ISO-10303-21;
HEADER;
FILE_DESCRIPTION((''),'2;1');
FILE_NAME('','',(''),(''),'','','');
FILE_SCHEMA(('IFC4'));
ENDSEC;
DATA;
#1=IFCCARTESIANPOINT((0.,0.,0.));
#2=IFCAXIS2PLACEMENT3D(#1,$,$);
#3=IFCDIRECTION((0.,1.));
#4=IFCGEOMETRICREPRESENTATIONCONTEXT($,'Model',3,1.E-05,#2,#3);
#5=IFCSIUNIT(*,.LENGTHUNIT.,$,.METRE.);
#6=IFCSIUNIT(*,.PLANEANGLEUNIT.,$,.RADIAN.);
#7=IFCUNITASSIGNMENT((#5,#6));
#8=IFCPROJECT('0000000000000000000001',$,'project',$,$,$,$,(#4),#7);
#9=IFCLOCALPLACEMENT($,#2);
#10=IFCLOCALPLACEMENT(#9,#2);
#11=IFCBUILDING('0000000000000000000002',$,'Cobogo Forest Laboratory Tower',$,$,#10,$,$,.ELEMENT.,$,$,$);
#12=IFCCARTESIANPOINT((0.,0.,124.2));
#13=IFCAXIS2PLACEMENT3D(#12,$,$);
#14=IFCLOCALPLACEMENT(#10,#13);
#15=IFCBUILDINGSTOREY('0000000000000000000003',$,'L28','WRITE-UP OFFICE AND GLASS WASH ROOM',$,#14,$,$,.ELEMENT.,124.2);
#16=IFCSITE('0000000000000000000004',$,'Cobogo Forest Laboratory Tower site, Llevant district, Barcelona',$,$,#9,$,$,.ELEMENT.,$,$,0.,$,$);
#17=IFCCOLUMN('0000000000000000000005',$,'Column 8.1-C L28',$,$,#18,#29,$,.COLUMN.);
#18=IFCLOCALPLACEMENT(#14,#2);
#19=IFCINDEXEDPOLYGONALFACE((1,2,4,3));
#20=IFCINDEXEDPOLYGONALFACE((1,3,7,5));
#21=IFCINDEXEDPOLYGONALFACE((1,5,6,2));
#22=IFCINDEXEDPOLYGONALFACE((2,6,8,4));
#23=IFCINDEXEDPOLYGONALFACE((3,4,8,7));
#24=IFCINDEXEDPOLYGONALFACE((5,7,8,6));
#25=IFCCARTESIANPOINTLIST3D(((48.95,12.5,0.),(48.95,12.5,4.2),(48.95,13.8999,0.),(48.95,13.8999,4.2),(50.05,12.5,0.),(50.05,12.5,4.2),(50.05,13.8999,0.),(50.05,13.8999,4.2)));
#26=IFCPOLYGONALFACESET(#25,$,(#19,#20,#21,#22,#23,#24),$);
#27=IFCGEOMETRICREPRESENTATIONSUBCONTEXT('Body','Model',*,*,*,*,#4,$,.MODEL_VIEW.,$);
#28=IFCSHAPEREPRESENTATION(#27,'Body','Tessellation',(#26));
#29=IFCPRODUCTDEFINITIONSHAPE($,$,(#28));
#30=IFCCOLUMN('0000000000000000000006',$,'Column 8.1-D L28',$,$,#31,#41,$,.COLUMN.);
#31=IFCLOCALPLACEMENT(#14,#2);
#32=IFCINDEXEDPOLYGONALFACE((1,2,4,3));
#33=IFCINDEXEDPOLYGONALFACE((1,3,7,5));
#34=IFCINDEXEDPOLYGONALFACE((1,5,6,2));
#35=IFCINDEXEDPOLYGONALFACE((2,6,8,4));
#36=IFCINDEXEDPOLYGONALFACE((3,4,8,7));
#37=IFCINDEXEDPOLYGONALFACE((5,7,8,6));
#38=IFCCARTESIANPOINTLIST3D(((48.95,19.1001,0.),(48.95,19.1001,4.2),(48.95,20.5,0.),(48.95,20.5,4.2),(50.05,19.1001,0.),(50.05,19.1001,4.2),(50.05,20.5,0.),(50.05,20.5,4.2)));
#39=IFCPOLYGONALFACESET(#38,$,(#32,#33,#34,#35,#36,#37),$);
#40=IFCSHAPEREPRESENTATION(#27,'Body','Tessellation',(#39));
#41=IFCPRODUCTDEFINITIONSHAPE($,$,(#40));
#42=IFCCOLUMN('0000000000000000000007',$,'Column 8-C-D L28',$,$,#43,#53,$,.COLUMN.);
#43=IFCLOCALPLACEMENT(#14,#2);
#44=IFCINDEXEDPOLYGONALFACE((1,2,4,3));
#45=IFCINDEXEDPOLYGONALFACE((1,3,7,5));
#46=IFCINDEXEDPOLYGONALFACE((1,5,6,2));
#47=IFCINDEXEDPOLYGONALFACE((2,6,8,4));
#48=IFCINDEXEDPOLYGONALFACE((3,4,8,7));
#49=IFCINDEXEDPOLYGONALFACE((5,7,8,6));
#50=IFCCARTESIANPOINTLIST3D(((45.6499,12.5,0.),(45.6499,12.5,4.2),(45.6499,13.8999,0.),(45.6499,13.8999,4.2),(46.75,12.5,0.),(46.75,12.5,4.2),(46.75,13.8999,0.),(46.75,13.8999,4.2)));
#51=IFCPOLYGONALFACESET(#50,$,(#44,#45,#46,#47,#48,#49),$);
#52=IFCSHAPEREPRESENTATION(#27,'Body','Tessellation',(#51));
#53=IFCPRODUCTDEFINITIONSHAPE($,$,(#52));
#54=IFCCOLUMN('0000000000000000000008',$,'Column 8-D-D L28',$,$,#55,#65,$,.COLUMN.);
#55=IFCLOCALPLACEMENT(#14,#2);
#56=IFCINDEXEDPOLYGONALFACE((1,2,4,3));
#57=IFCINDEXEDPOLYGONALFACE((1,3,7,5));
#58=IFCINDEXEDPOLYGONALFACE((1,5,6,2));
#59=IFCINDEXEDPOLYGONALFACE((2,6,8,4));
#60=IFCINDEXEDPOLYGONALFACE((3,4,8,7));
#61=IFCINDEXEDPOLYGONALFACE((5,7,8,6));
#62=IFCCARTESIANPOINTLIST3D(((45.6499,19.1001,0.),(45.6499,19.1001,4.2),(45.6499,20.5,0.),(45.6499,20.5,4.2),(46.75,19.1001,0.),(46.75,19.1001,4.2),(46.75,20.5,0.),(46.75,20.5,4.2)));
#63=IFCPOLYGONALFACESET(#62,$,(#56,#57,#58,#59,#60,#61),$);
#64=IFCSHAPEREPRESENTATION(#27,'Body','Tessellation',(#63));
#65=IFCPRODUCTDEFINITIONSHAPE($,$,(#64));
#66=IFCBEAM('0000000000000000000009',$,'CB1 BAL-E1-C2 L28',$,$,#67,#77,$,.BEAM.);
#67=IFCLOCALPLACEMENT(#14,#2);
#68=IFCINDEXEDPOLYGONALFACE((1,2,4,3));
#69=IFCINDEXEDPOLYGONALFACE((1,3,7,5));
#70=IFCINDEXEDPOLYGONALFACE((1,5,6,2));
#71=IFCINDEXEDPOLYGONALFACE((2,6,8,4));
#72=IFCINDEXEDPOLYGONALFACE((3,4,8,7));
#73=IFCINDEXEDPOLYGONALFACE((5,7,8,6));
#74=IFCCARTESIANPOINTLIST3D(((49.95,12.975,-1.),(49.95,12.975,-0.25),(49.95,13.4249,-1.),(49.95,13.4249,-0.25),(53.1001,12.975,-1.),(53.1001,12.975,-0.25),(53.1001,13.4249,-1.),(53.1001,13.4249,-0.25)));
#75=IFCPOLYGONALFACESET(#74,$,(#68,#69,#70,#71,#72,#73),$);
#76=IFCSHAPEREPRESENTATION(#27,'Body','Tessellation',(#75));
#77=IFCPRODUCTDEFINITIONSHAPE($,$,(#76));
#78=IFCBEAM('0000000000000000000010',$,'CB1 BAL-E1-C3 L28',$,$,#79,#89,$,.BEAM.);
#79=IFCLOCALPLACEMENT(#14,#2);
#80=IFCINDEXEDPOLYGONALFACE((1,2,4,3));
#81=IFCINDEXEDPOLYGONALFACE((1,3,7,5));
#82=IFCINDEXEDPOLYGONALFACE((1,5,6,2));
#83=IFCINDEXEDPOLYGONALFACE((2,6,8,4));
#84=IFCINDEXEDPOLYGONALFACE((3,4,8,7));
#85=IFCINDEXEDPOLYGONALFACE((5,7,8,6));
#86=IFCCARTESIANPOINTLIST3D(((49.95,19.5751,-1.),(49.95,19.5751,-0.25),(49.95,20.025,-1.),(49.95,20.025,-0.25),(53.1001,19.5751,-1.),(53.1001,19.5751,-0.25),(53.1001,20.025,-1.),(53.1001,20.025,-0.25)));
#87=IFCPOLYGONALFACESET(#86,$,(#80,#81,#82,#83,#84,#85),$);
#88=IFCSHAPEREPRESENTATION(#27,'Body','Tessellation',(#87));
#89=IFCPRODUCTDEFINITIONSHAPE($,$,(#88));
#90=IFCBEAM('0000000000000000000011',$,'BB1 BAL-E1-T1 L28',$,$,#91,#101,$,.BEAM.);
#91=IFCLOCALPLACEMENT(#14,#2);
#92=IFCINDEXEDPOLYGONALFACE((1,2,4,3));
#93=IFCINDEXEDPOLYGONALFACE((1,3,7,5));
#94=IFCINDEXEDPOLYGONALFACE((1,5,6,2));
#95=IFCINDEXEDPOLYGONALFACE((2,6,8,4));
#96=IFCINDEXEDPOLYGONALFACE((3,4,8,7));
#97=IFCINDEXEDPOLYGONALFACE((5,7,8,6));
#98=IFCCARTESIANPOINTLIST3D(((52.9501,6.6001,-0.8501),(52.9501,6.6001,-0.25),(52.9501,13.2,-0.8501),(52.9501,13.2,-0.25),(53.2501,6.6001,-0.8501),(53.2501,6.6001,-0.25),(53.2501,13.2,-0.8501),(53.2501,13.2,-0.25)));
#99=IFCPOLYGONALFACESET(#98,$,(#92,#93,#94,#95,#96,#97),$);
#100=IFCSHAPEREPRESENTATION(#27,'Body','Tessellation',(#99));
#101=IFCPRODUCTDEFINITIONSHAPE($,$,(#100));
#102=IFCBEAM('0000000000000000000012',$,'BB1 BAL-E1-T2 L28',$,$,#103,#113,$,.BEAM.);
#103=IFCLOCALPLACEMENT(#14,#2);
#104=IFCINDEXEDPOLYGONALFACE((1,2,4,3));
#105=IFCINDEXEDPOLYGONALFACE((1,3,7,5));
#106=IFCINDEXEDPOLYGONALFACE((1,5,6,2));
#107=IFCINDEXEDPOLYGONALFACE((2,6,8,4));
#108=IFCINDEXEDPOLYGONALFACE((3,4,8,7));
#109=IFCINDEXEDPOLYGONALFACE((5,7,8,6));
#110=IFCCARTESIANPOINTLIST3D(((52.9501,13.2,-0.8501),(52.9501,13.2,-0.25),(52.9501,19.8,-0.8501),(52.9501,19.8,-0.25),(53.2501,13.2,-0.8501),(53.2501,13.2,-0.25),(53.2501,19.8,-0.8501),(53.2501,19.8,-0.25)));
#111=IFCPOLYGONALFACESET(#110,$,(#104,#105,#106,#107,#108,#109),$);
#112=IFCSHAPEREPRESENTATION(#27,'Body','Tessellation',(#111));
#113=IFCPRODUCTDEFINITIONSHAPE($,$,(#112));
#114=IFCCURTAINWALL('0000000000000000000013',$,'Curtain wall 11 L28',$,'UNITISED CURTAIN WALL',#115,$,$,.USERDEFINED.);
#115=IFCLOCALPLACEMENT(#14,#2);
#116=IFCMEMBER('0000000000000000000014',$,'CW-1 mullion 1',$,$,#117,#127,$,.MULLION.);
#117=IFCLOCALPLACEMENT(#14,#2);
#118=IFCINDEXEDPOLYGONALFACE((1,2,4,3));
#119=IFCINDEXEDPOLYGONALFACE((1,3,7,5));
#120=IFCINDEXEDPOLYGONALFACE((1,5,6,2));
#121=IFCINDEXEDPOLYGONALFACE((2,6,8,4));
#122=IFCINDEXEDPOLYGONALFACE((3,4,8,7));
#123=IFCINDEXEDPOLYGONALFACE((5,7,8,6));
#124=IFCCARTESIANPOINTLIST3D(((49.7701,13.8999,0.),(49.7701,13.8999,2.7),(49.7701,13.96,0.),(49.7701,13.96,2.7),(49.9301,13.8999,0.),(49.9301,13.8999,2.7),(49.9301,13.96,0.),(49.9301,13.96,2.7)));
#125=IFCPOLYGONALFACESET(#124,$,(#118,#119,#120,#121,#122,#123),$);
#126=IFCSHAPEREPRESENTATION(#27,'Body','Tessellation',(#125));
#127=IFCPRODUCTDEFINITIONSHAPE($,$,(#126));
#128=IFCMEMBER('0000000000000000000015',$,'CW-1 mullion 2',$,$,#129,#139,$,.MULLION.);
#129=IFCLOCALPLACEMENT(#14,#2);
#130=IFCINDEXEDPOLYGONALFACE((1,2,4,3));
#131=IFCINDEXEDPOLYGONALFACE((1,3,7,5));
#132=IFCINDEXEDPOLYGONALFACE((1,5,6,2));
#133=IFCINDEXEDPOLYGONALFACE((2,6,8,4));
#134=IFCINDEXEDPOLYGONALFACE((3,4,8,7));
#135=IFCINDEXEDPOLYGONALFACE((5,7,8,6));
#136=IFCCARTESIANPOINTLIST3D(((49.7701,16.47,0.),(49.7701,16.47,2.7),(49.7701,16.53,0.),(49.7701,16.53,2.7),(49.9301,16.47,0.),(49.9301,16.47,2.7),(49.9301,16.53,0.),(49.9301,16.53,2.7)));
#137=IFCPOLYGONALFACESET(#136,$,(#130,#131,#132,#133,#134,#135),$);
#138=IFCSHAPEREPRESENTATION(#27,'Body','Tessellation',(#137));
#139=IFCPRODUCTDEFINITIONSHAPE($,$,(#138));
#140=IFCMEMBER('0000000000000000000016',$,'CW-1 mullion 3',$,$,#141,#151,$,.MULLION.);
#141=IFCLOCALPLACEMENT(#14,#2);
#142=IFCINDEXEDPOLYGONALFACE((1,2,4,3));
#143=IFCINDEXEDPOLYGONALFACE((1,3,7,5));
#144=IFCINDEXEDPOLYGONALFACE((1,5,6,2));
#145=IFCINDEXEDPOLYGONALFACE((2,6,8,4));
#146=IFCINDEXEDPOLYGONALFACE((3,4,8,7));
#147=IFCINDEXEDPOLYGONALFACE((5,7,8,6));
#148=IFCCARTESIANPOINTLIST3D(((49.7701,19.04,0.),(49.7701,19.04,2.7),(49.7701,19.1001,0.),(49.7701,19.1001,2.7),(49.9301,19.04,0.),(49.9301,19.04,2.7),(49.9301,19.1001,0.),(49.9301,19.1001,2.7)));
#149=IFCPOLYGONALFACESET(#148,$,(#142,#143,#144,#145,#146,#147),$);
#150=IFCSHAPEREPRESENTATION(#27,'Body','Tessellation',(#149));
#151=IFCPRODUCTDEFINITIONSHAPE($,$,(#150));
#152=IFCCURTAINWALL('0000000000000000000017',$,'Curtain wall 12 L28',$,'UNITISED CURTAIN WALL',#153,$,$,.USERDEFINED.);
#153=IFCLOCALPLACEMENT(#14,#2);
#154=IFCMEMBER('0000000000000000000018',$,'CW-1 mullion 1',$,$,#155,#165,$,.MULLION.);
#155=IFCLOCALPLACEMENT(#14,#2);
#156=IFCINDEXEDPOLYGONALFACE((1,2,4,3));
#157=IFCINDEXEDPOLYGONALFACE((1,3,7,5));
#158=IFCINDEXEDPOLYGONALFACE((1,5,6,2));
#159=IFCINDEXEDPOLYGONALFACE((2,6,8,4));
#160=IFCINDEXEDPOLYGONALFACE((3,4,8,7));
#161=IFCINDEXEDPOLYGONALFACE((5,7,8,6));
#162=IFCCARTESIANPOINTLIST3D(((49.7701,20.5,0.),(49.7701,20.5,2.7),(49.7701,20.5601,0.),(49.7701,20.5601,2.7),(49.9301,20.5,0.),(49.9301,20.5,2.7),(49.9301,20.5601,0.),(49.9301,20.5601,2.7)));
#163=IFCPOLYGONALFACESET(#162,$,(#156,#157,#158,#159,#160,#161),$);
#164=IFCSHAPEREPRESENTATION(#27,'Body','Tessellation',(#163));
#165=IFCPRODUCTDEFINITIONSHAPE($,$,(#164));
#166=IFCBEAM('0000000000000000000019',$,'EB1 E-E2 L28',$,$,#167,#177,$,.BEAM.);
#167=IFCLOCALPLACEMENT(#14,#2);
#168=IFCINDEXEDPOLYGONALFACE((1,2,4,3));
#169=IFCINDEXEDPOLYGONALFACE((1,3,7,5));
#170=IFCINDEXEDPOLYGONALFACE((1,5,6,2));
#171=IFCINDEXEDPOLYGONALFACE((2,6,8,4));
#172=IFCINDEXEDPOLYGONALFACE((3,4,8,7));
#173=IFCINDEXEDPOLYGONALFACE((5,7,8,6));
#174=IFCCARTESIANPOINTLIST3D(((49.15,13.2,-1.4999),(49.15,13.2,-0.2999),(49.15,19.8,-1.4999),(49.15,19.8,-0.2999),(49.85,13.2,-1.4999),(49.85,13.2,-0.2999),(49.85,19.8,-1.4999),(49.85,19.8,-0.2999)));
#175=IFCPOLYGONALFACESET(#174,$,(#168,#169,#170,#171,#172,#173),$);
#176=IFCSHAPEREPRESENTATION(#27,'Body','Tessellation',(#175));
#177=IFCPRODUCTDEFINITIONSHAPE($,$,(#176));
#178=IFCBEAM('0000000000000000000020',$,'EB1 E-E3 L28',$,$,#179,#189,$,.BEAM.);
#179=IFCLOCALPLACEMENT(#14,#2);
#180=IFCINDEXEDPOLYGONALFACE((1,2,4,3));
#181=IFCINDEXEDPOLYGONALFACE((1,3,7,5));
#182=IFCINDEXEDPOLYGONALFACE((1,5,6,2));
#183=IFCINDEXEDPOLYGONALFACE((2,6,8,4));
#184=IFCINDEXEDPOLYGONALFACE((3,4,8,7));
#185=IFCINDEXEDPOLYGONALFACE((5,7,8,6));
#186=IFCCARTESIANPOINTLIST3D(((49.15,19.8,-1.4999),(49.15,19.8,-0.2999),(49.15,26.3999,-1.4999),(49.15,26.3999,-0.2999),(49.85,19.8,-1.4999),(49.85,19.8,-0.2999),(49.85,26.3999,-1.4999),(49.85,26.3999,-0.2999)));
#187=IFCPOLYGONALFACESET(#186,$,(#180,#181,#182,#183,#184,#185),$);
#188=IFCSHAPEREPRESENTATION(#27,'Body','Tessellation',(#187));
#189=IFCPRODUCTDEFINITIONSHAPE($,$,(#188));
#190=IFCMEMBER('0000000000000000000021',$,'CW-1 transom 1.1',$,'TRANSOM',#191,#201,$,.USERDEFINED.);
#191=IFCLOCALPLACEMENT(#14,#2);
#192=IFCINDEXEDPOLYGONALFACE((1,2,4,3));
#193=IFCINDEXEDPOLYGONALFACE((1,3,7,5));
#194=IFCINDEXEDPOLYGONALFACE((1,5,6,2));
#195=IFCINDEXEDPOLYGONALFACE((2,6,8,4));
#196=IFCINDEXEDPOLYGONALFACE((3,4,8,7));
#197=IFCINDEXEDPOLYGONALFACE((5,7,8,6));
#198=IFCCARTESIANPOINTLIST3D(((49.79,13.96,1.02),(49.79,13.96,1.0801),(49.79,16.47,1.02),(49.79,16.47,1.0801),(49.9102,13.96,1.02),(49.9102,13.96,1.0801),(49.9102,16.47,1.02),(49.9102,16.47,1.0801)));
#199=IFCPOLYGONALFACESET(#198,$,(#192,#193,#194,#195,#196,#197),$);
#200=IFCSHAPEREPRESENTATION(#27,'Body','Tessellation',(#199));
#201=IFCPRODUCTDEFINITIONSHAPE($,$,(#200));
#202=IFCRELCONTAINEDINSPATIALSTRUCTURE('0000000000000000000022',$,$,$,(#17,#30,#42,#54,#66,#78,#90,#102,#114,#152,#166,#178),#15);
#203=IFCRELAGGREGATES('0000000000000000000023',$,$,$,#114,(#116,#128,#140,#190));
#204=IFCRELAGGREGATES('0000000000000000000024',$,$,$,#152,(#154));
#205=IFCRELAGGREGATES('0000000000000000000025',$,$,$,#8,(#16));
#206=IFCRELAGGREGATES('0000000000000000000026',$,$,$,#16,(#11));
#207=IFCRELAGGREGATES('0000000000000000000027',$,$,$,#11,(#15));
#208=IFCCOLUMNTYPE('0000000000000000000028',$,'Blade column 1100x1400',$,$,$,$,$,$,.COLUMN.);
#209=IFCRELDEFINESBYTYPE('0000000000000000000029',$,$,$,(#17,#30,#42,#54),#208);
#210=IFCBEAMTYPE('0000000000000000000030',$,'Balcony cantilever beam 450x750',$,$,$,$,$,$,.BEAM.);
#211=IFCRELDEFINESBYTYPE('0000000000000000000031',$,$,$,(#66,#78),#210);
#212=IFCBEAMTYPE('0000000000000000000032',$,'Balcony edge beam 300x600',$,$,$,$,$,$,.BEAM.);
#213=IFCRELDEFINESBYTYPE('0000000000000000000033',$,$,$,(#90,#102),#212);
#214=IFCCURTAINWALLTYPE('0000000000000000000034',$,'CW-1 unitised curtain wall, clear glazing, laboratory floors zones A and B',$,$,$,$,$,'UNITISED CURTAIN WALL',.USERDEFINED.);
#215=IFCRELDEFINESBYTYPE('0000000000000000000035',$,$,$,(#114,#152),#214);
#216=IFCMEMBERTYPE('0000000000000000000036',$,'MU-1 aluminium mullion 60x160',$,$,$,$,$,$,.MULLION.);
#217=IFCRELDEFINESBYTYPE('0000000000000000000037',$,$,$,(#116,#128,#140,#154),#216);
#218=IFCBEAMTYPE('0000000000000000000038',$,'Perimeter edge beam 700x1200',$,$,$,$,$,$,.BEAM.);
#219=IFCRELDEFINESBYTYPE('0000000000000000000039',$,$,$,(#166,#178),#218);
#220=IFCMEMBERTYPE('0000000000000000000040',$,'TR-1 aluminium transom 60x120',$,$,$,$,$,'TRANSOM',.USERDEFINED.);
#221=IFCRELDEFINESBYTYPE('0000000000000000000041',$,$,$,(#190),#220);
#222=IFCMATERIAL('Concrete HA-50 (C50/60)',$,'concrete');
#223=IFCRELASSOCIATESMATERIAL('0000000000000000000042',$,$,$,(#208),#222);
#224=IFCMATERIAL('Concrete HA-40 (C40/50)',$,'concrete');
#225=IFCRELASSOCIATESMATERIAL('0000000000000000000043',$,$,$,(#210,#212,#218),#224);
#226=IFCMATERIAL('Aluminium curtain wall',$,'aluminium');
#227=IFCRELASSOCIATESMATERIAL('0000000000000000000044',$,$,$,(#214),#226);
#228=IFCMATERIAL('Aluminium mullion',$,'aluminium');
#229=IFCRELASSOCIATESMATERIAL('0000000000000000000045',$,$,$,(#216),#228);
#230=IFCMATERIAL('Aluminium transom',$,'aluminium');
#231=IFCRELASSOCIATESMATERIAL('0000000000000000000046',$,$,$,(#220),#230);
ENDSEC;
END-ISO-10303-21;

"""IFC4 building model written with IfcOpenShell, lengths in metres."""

from ifc_helpers import new_model, si_unit, direction, frame, origin, origin_2d, place, context, subcontext, project, spatial, rectangle, extrude, material, material_profile, profile_set, type_object, element, aggregate, save


model = new_model("IFC4")

# Units and contexts
model_context = context("Model", 3, precision=1e-05, world=origin(), true_north=direction((0.0, 1.0)))
body_context = subcontext(model_context, "Body", "Model", "MODEL_VIEW")
ifc_project = project(units=[si_unit("LENGTHUNIT", "METRE"), si_unit("PLANEANGLEUNIT", "RADIAN")], contexts=[model_context])

# Site, building, storey
site_placement = place(None, origin())
site = spatial("IfcSite", under=ifc_project, at=site_placement, Name="Cobogo Forest Laboratory Tower site, Llevant district, Barcelona", CompositionType="ELEMENT", RefElevation=0.0)
building_placement = place(site_placement, origin())
building = spatial("IfcBuilding", under=site, at=building_placement, Name="Cobogo Forest Laboratory Tower", CompositionType="ELEMENT")
storey_placement = place(building_placement, frame((0.0, 0.0, 124.2)))
storey = spatial("IfcBuildingStorey", under=building, at=storey_placement, Name="L28", Description="WRITE-UP OFFICE AND GLASS WASH ROOM", CompositionType="ELEMENT", Elevation=124.2)

# Columns
ifc_material_1 = material(Name="Concrete HA-50 (C50/60)", Category="concrete")
ifc_material_profile_1 = material_profile(ifc_material_1, rectangle(XDim=1.3999, YDim=1.1001, at=origin_2d()), Name="RC 1100x1400")
ifc_profile_set_1 = profile_set([ifc_material_profile_1], Name="Concrete HA-50 (C50/60)")
column_type = type_object("IfcColumnType", Name="Blade column 1100x1400", PredefinedType="COLUMN", material=ifc_profile_set_1)
for number, where, z_axis, x_axis, name in (
    (1, (49.5, 13.2, 0.0), (0.0, 0.0, 1.0), (0.0, 1.0, 0.0), "Column 8.1-C L28"),
    (2, (49.5, 19.8, 0.0), (0.0, 0.0, 1.0), (0.0, 1.0, 0.0), "Column 8.1-D L28"),
    (3, (46.2, 13.2, 0.0), (0.0, 0.0, 1.0), (0.0, 1.0, 0.0), "Column 8-C-D L28"),
    (4, (46.2, 19.8, 0.0), (0.0, 0.0, 1.0), (0.0, 1.0, 0.0), "Column 8-D-D L28"),
):
    element("IfcColumn", number, at=place(storey_placement, frame(where, z_axis=z_axis, x_axis=x_axis)), inside=storey, type_object=column_type, Name=name, PredefinedType="COLUMN", context=body_context, shape_type="SweptSolid", body=[
        extrude(rectangle(XDim=1.3999, YDim=1.1001, at=origin_2d()), origin(), (0.0, 0.0, 1.0), 4.2),
    ])

# Beams
ifc_material_2 = material(Name="Concrete HA-40 (C40/50)", Category="concrete")
ifc_material_profile_2 = material_profile(ifc_material_2, rectangle(XDim=0.45, YDim=0.75, at=origin_2d()), Name="RC 450x750")
ifc_profile_set_2 = profile_set([ifc_material_profile_2], Name="Concrete HA-40 (C40/50)")
beam_type_1 = type_object("IfcBeamType", Name="Balcony cantilever beam 450x750", PredefinedType="BEAM", material=ifc_profile_set_2)
for number, where, z_axis, x_axis, name in (
    (5, (49.95, 13.2, -0.625), (1.0, 0.0, 0.0), (0.0, 1.0, 0.0), "CB1 BAL-E1-C2 L28"),
    (6, (49.95, 19.8, -0.625), (1.0, 0.0, 0.0), (0.0, 1.0, 0.0), "CB1 BAL-E1-C3 L28"),
):
    element("IfcBeam", number, at=place(storey_placement, frame(where, z_axis=z_axis, x_axis=x_axis)), inside=storey, type_object=beam_type_1, Name=name, PredefinedType="BEAM", context=body_context, shape_type="SweptSolid", body=[
        extrude(rectangle(XDim=0.45, YDim=0.75, at=origin_2d()), origin(), (0.0, 0.0, 1.0), 3.1501),
    ])
ifc_material_profile_3 = material_profile(ifc_material_2, rectangle(XDim=0.3, YDim=0.6001, at=origin_2d()), Name="RC 300x600")
ifc_profile_set_3 = profile_set([ifc_material_profile_3], Name="Concrete HA-40 (C40/50)")
beam_type_2 = type_object("IfcBeamType", Name="Balcony edge beam 300x600", PredefinedType="BEAM", material=ifc_profile_set_3)
beam_1_placement = place(storey_placement, frame((53.1001, 6.6001, -0.55), z_axis=(0.0, 1.0, 0.0), x_axis=(-1.0, 0.0, 0.0)))
element("IfcBeam", 7, at=beam_1_placement, inside=storey, type_object=beam_type_2, Name="BB1 BAL-E1-T1 L28", PredefinedType="BEAM", context=body_context, shape_type="SweptSolid", body=[
    extrude(rectangle(XDim=0.3, YDim=0.6001, at=origin_2d()), origin(), (0.0, 0.0, 1.0), 6.5999),
])
beam_2_placement = place(storey_placement, frame((53.1001, 13.2, -0.55), z_axis=(0.0, 1.0, 0.0), x_axis=(-1.0, 0.0, 0.0)))
element("IfcBeam", 8, at=beam_2_placement, inside=storey, type_object=beam_type_2, Name="BB1 BAL-E1-T2 L28", PredefinedType="BEAM", context=body_context, shape_type="SweptSolid", body=[
    extrude(rectangle(XDim=0.3, YDim=0.6001, at=origin_2d()), origin(), (0.0, 0.0, 1.0), 6.6001),
])

# Curtain wall, members
ifc_material_3 = material(Name="Aluminium curtain wall", Category="aluminium")
curtain_wall_type = type_object("IfcCurtainWallType", Name="CW-1 unitised curtain wall, clear glazing, laboratory floors zones A and B", ElementType="UNITISED CURTAIN WALL", PredefinedType="USERDEFINED", material=ifc_material_3)
curtain_wall_1_placement = place(storey_placement, origin())
curtain_wall_1 = element("IfcCurtainWall", 9, at=curtain_wall_1_placement, inside=storey, type_object=curtain_wall_type, Name="Curtain wall 11 L28", ObjectType="UNITISED CURTAIN WALL", PredefinedType="USERDEFINED")
ifc_material_4 = material(Name="Aluminium mullion", Category="aluminium")
ifc_material_profile_4 = material_profile(ifc_material_4, rectangle(XDim=0.0601, YDim=0.1599, at=origin_2d()), Name="AL 60x160")
ifc_profile_set_4 = profile_set([ifc_material_profile_4], Name="Aluminium mullion")
member_type_1 = type_object("IfcMemberType", Name="MU-1 aluminium mullion 60x160", PredefinedType="MULLION", material=ifc_profile_set_4)
member_1_placement = place(storey_placement, frame((49.8501, 13.9299, 0.0), z_axis=(0.0, 0.0, 1.0), x_axis=(0.0, 1.0, 0.0)))
member_1 = element("IfcMember", 10, at=member_1_placement, type_object=member_type_1, Name="CW-1 mullion 1", PredefinedType="MULLION", context=body_context, shape_type="SweptSolid", body=[
    extrude(rectangle(XDim=0.0601, YDim=0.1599, at=origin_2d()), origin(), (0.0, 0.0, 1.0), 2.7),
])
member_2_placement = place(storey_placement, frame((49.8501, 16.5, 0.0), z_axis=(0.0, 0.0, 1.0), x_axis=(0.0, 1.0, 0.0)))
member_2 = element("IfcMember", 11, at=member_2_placement, type_object=member_type_1, Name="CW-1 mullion 2", PredefinedType="MULLION", context=body_context, shape_type="SweptSolid", body=[
    extrude(rectangle(XDim=0.0601, YDim=0.1599, at=origin_2d()), origin(), (0.0, 0.0, 1.0), 2.7),
])
member_3_placement = place(storey_placement, frame((49.8501, 19.0701, 0.0), z_axis=(0.0, 0.0, 1.0), x_axis=(0.0, 1.0, 0.0)))
member_3 = element("IfcMember", 12, at=member_3_placement, type_object=member_type_1, Name="CW-1 mullion 3", PredefinedType="MULLION", context=body_context, shape_type="SweptSolid", body=[
    extrude(rectangle(XDim=0.0601, YDim=0.1599, at=origin_2d()), origin(), (0.0, 0.0, 1.0), 2.7),
])

# Curtain wall, member
curtain_wall_2_placement = place(storey_placement, origin())
curtain_wall_2 = element("IfcCurtainWall", 13, at=curtain_wall_2_placement, inside=storey, type_object=curtain_wall_type, Name="Curtain wall 12 L28", ObjectType="UNITISED CURTAIN WALL", PredefinedType="USERDEFINED")
member_4_placement = place(storey_placement, frame((49.8501, 20.53, 0.0), z_axis=(0.0, 0.0, 1.0), x_axis=(0.0, 1.0, 0.0)))
member_4 = element("IfcMember", 14, at=member_4_placement, type_object=member_type_1, Name="CW-1 mullion 1", PredefinedType="MULLION", context=body_context, shape_type="SweptSolid", body=[
    extrude(rectangle(XDim=0.0601, YDim=0.1599, at=origin_2d()), origin(), (0.0, 0.0, 1.0), 2.7),
])

# Beams
ifc_material_profile_5 = material_profile(ifc_material_2, rectangle(XDim=0.7, YDim=1.2, at=origin_2d()), Name="RC 700x1200")
ifc_profile_set_5 = profile_set([ifc_material_profile_5], Name="Concrete HA-40 (C40/50)")
beam_type_3 = type_object("IfcBeamType", Name="Perimeter edge beam 700x1200", PredefinedType="BEAM", material=ifc_profile_set_5)
beam_3_placement = place(storey_placement, frame((49.5, 13.2, -0.8999), z_axis=(0.0, 1.0, 0.0), x_axis=(-1.0, 0.0, 0.0)))
element("IfcBeam", 15, at=beam_3_placement, inside=storey, type_object=beam_type_3, Name="EB1 E-E2 L28", PredefinedType="BEAM", context=body_context, shape_type="SweptSolid", body=[
    extrude(rectangle(XDim=0.7, YDim=1.2, at=origin_2d()), origin(), (0.0, 0.0, 1.0), 6.6001),
])
beam_4_placement = place(storey_placement, frame((49.5, 19.8, -0.8999), z_axis=(0.0, 1.0, 0.0), x_axis=(-1.0, 0.0, 0.0)))
element("IfcBeam", 16, at=beam_4_placement, inside=storey, type_object=beam_type_3, Name="EB1 E-E3 L28", PredefinedType="BEAM", context=body_context, shape_type="SweptSolid", body=[
    extrude(rectangle(XDim=0.7, YDim=1.2, at=origin_2d()), origin(), (0.0, 0.0, 1.0), 6.5999),
])

# Member
ifc_material_5 = material(Name="Aluminium transom", Category="aluminium")
ifc_material_profile_6 = material_profile(ifc_material_5, rectangle(XDim=0.1201, YDim=0.0601, at=origin_2d()), Name="AL 60x120")
ifc_profile_set_6 = profile_set([ifc_material_profile_6], Name="Aluminium transom")
member_type_2 = type_object("IfcMemberType", Name="TR-1 aluminium transom 60x120", ElementType="TRANSOM", PredefinedType="USERDEFINED", material=ifc_profile_set_6)
member_5_placement = place(storey_placement, frame((49.8501, 13.96, 1.05), z_axis=(0.0, 1.0, 0.0), x_axis=(-1.0, 0.0, 0.0)))
member_5 = element("IfcMember", 17, at=member_5_placement, type_object=member_type_2, Name="CW-1 transom 1.1", ObjectType="TRANSOM", PredefinedType="USERDEFINED", context=body_context, shape_type="SweptSolid", body=[
    extrude(rectangle(XDim=0.1201, YDim=0.0601, at=origin_2d()), origin(), (0.0, 0.0, 1.0), 2.51),
])

aggregate(curtain_wall_1, [member_1, member_2, member_3, member_5])
aggregate(curtain_wall_2, [member_4])

save(model, "model.ifc")
